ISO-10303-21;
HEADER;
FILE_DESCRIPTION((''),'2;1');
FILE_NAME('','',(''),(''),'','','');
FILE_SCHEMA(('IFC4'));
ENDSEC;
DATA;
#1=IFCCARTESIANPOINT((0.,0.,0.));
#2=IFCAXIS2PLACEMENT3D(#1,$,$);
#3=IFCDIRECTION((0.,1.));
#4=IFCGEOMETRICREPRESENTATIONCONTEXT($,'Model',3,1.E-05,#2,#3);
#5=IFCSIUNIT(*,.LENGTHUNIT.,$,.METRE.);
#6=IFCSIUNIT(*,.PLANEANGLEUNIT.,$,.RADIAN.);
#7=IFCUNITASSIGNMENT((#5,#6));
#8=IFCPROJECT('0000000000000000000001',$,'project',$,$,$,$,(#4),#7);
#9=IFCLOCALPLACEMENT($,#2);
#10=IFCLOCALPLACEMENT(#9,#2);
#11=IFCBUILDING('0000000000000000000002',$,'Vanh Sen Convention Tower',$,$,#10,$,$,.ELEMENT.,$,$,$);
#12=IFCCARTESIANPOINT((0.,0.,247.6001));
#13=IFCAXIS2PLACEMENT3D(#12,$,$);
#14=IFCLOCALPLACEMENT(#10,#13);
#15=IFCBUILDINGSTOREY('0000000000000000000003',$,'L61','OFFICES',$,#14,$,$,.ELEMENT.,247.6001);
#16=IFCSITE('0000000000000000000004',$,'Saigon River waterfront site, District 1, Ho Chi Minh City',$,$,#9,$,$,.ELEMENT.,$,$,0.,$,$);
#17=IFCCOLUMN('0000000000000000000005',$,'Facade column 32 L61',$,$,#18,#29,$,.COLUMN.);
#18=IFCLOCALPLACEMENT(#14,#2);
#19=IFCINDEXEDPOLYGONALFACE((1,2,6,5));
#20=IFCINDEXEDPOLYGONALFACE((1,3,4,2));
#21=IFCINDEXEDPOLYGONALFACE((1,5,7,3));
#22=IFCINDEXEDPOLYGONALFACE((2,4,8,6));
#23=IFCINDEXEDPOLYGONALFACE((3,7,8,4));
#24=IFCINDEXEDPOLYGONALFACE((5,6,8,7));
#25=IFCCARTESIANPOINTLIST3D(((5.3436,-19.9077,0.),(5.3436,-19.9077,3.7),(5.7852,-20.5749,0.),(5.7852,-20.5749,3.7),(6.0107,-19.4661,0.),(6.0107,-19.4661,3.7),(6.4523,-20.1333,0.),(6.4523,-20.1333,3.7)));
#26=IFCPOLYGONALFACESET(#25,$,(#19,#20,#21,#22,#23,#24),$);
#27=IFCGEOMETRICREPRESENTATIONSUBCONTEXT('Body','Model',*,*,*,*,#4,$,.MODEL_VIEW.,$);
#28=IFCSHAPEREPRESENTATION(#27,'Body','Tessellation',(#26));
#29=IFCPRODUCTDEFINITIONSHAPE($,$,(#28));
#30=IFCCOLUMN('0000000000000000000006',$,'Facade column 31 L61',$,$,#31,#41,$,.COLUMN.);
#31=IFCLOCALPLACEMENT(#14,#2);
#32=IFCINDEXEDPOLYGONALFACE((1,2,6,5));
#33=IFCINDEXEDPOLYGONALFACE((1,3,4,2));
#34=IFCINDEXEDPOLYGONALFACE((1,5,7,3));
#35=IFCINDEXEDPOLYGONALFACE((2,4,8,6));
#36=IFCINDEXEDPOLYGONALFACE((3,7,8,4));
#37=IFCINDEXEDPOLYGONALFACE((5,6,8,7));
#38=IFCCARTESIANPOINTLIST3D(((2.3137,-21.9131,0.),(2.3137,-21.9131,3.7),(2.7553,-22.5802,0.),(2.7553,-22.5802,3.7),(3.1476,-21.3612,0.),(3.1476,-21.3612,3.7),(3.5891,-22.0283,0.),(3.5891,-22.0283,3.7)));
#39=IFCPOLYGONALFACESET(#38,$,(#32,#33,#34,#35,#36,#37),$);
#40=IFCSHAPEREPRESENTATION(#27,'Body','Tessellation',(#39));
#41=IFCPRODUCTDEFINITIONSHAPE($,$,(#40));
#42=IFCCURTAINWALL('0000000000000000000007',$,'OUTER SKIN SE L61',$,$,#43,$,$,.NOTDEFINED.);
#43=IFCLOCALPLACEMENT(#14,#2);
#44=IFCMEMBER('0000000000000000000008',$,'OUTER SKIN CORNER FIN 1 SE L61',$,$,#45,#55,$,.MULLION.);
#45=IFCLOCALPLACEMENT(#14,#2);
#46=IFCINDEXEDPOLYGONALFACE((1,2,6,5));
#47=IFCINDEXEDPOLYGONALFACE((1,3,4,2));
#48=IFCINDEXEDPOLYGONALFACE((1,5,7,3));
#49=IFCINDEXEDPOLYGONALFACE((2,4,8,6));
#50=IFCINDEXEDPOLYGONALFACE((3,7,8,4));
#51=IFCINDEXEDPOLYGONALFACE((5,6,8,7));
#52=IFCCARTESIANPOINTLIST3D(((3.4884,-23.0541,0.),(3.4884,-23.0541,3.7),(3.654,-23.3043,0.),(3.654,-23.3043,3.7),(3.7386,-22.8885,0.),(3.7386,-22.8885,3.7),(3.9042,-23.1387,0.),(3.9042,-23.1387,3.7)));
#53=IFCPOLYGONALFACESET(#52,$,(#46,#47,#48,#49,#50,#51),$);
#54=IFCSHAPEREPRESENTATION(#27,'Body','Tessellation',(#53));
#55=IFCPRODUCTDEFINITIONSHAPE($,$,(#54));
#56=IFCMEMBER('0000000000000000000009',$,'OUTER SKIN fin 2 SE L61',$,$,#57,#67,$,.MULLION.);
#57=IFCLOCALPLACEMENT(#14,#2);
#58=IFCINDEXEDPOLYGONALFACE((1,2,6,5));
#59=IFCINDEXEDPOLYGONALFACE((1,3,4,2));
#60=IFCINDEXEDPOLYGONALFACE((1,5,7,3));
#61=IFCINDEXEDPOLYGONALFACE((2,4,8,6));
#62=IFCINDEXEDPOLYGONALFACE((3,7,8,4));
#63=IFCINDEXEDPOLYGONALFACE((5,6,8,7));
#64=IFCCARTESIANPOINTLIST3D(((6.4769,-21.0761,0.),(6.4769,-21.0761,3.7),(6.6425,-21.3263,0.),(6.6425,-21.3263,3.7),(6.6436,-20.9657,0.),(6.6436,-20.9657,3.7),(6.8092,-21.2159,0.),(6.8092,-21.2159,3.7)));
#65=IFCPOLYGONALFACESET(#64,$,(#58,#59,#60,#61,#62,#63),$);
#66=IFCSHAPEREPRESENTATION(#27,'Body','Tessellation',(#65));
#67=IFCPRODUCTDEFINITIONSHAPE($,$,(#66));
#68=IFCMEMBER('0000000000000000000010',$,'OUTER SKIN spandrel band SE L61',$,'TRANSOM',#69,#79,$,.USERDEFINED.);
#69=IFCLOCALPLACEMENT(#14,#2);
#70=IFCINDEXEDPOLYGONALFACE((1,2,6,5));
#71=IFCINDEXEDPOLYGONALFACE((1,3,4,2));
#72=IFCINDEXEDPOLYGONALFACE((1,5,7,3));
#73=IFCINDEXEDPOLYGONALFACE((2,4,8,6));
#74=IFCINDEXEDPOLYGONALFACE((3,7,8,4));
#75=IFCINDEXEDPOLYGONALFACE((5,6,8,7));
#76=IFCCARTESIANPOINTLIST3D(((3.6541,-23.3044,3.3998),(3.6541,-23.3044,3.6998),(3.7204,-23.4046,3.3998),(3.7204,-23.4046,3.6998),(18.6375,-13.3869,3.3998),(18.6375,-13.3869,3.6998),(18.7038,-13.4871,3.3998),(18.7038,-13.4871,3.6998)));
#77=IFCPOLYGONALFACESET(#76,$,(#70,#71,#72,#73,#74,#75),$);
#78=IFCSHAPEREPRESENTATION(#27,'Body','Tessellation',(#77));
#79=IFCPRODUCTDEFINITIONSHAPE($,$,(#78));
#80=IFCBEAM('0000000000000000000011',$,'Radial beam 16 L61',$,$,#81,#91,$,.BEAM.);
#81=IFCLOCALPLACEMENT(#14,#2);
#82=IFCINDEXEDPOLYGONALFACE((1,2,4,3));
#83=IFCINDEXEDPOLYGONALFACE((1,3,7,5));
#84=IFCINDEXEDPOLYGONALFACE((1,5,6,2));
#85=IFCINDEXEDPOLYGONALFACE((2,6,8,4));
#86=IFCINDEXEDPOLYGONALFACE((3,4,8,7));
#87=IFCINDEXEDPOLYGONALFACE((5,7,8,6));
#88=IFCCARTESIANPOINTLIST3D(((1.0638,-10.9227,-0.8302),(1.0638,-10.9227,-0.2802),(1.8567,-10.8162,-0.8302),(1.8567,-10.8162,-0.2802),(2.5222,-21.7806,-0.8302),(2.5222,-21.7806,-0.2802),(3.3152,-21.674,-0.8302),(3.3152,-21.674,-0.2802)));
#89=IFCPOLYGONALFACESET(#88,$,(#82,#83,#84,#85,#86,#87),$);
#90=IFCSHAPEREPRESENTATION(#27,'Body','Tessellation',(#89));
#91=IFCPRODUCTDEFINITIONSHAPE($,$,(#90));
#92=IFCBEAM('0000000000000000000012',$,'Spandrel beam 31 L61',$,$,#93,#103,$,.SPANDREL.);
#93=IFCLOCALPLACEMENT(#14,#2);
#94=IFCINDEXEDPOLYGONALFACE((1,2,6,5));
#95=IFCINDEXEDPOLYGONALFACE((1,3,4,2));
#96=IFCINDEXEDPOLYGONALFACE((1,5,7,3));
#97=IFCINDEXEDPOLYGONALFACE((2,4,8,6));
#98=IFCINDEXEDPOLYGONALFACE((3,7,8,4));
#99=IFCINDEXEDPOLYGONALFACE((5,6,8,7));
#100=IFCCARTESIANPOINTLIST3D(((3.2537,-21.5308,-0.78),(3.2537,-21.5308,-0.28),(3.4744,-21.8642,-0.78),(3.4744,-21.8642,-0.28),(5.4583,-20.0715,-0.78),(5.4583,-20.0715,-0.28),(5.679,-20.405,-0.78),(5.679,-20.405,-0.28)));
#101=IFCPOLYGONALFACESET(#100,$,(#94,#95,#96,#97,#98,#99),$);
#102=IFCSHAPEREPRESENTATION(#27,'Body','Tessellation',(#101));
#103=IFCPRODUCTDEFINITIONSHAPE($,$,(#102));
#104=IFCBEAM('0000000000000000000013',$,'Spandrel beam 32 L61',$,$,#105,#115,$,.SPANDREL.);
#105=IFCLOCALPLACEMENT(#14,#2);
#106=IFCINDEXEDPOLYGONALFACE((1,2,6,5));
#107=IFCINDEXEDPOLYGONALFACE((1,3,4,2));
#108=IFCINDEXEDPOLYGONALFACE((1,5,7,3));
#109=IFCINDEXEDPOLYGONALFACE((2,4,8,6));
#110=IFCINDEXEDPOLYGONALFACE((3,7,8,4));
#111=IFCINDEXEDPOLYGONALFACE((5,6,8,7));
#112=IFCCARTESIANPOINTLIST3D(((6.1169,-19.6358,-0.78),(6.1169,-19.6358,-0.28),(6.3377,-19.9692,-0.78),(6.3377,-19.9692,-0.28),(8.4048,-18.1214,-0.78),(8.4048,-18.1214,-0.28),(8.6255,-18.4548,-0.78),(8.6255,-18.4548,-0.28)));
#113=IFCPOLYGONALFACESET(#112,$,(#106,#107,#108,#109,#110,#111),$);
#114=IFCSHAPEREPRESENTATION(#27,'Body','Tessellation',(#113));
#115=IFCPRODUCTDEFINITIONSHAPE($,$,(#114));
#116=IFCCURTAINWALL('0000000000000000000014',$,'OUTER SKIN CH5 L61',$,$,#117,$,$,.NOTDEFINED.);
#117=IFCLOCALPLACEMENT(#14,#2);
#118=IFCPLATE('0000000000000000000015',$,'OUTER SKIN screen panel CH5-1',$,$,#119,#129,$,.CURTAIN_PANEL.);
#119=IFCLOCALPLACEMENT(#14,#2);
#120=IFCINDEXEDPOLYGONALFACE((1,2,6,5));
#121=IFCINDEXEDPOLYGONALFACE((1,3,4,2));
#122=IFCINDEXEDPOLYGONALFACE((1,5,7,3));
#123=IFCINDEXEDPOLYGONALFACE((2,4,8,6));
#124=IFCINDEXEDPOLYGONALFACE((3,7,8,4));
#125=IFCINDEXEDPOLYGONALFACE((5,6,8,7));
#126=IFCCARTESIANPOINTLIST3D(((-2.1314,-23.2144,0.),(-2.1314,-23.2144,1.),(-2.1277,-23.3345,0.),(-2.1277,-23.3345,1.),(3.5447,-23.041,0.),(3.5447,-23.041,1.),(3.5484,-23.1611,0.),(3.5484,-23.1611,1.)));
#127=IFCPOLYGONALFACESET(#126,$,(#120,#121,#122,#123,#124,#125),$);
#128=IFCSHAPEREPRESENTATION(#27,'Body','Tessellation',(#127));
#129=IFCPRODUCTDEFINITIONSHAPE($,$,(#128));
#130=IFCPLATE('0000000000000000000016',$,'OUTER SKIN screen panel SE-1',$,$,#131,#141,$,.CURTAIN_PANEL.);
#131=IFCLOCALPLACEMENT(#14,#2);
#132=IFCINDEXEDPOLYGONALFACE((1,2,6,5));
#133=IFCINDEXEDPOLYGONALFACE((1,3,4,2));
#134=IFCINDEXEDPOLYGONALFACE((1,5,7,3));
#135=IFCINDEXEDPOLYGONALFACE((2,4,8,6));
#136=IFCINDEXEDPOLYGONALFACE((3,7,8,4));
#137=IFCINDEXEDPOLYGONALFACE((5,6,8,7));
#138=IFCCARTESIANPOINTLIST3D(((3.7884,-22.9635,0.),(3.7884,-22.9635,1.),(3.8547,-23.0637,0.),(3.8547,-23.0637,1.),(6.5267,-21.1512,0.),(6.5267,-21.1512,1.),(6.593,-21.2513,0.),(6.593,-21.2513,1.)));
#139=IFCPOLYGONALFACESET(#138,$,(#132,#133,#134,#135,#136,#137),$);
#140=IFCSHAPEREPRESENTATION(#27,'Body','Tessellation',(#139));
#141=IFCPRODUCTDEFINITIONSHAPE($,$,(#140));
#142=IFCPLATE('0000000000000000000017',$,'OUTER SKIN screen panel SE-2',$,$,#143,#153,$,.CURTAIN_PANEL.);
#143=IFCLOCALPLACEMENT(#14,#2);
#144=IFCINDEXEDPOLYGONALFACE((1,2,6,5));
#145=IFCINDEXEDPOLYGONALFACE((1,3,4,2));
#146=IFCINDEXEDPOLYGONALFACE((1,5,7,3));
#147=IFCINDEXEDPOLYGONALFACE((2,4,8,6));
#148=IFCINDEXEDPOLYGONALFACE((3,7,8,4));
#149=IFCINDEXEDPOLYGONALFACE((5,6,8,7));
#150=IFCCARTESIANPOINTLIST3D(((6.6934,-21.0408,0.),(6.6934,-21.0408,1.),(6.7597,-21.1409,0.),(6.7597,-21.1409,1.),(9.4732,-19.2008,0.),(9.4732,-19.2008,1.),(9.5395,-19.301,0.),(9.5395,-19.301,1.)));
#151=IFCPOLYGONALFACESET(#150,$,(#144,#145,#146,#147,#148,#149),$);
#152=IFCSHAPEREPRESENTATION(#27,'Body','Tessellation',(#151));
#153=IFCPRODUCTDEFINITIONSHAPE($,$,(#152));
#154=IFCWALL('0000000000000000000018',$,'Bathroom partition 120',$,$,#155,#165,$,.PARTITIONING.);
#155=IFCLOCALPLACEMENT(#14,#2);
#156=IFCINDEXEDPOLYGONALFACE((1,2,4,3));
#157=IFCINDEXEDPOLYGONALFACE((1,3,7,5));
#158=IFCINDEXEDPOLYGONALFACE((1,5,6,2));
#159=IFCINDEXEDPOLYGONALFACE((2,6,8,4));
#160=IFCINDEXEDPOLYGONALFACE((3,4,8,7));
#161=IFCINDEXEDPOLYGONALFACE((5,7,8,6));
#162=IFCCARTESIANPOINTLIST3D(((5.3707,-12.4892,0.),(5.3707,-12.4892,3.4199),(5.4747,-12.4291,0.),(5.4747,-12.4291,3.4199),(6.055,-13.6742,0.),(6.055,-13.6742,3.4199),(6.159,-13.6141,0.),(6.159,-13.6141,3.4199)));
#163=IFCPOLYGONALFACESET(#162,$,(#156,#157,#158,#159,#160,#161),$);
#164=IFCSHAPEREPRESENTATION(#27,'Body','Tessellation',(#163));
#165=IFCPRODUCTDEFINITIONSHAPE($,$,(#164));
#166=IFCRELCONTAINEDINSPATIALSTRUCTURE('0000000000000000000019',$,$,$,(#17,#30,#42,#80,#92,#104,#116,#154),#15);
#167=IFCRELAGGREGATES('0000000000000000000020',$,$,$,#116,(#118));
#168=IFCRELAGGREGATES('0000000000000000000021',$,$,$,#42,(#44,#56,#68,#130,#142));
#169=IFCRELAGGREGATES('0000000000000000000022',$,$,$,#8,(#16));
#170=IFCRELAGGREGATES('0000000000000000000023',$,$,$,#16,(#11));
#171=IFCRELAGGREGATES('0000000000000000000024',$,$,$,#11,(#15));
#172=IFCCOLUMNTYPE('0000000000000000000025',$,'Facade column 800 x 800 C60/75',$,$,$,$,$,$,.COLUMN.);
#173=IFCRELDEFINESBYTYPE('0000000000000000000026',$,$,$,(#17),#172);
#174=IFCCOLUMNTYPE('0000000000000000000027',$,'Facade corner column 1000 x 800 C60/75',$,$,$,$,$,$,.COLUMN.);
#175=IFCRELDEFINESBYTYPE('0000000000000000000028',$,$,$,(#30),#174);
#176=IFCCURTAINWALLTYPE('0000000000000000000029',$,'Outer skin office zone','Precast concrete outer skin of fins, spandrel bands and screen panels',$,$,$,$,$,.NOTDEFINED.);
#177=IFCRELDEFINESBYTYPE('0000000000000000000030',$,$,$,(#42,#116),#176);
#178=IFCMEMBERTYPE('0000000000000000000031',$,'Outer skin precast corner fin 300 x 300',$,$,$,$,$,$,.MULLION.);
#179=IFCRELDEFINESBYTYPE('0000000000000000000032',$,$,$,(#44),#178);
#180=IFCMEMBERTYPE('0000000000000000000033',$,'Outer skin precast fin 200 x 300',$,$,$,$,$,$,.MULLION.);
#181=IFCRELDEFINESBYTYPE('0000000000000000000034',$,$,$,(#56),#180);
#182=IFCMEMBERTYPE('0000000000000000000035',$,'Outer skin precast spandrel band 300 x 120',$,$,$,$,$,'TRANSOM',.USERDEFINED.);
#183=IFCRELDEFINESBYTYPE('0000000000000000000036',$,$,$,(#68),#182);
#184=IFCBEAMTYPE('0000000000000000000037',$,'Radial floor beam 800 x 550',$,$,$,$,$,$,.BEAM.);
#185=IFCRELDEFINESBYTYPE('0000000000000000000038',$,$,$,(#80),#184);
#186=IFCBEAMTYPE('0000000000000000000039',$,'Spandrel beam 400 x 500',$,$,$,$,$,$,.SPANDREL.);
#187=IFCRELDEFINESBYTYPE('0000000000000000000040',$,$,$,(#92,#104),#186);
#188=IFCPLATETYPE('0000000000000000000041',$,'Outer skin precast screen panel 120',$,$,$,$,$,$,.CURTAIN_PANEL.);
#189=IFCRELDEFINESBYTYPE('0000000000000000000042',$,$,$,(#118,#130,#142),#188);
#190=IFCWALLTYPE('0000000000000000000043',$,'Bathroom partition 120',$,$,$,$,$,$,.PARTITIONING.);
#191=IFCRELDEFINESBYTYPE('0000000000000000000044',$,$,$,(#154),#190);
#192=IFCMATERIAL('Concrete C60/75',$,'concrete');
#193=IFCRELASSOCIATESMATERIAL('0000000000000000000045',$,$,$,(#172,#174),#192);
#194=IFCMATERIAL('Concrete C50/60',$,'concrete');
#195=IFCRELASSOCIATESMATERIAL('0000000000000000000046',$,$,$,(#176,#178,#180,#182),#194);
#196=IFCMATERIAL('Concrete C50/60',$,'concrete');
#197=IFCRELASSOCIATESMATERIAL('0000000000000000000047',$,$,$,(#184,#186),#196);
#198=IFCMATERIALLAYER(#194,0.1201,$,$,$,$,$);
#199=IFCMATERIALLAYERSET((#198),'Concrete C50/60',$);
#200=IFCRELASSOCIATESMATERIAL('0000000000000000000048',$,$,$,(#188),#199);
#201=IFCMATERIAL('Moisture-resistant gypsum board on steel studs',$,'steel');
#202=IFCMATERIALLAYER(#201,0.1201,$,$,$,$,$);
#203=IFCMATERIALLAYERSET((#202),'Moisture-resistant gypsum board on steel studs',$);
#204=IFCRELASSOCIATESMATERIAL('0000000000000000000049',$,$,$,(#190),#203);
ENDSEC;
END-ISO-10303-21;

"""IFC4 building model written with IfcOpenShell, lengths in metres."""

from ifc_helpers import new_model, si_unit, direction, frame, frame_2d, origin, origin_2d, place, context, subcontext, project, spatial, rectangle, extrude, material, layer, layer_set, material_profile, profile_set, type_object, element, aggregate, save


model = new_model("IFC4")

# Units and contexts
model_context = context("Model", 3, precision=1e-05, world=origin(), true_north=direction((0.0, 1.0)))
body_context = subcontext(model_context, "Body", "Model", "MODEL_VIEW")
ifc_project = project(units=[si_unit("LENGTHUNIT", "METRE"), si_unit("PLANEANGLEUNIT", "RADIAN")], contexts=[model_context])

# Site, building, storey
site_placement = place(None, origin())
site = spatial("IfcSite", under=ifc_project, at=site_placement, Name="Saigon River waterfront site, District 1, Ho Chi Minh City", CompositionType="ELEMENT", RefElevation=0.0)
building_placement = place(site_placement, origin())
building = spatial("IfcBuilding", under=site, at=building_placement, Name="Vanh Sen Convention Tower", CompositionType="ELEMENT")
storey_placement = place(building_placement, frame((0.0, 0.0, 247.6001)))
storey = spatial("IfcBuildingStorey", under=building, at=storey_placement, Name="L61", Description="OFFICES", CompositionType="ELEMENT", Elevation=247.6001)

# Columns
ifc_material_1 = material(Name="Concrete C60/75", Category="concrete")
ifc_material_profile_1 = material_profile(ifc_material_1, rectangle(XDim=0.8, YDim=0.8, at=origin_2d()), Name="RC 800X800")
ifc_profile_set_1 = profile_set([ifc_material_profile_1], Name="Concrete C60/75")
column_type_1 = type_object("IfcColumnType", Name="Facade column 800 x 800 C60/75", PredefinedType="COLUMN", material=ifc_profile_set_1)
column_1_placement = place(storey_placement, frame((5.8979, -20.0205, 0.0), z_axis=(0.0, 0.0, 1.0), x_axis=(0.833886, 0.551937, 0.0)))
element("IfcColumn", 1, at=column_1_placement, inside=storey, type_object=column_type_1, Name="Facade column 32 L61", PredefinedType="COLUMN", context=body_context, shape_type="SweptSolid", body=[
    extrude(rectangle(XDim=0.8, YDim=0.8, at=origin_2d()), origin(), (0.0, 0.0, 1.0), 3.7),
])
ifc_material_profile_2 = material_profile(ifc_material_1, rectangle(XDim=1.0, YDim=0.8, at=origin_2d()), Name="RC 1000X800")
ifc_profile_set_2 = profile_set([ifc_material_profile_2], Name="Concrete C60/75")
column_type_2 = type_object("IfcColumnType", Name="Facade corner column 1000 x 800 C60/75", PredefinedType="COLUMN", material=ifc_profile_set_2)
column_2_placement = place(storey_placement, frame((2.9514, -21.9707, 0.0), z_axis=(0.0, 0.0, 1.0), x_axis=(0.833886, 0.551937, 0.0)))
element("IfcColumn", 2, at=column_2_placement, inside=storey, type_object=column_type_2, Name="Facade column 31 L61", PredefinedType="COLUMN", context=body_context, shape_type="SweptSolid", body=[
    extrude(rectangle(XDim=1.0, YDim=0.8, at=origin_2d()), origin(), (0.0, 0.0, 1.0), 3.7),
])

# Curtain wall, members
ifc_material_2 = material(Name="Concrete C50/60", Category="concrete")
curtain_wall_type = type_object("IfcCurtainWallType", Name="Outer skin office zone", Description="Precast concrete outer skin of fins, spandrel bands and screen panels", PredefinedType="NOTDEFINED", material=ifc_material_2)
curtain_wall_1_placement = place(storey_placement, origin())
curtain_wall_1 = element("IfcCurtainWall", 3, at=curtain_wall_1_placement, inside=storey, type_object=curtain_wall_type, Name="OUTER SKIN SE L61", PredefinedType="NOTDEFINED")
ifc_material_profile_3 = material_profile(ifc_material_2, rectangle(XDim=0.3, YDim=0.3, at=origin_2d()), Name="Outer skin precast corner fin 300 x 300")
ifc_profile_set_3 = profile_set([ifc_material_profile_3], Name="Concrete C50/60")
member_type_1 = type_object("IfcMemberType", Name="Outer skin precast corner fin 300 x 300", PredefinedType="MULLION", material=ifc_profile_set_3)
member_1_placement = place(storey_placement, frame((3.6963, -23.0964, 0.0), z_axis=(0.0, 0.0, 1.0), x_axis=(0.833886, 0.551937, 0.0)))
member_1 = element("IfcMember", 4, at=member_1_placement, type_object=member_type_1, Name="OUTER SKIN CORNER FIN 1 SE L61", PredefinedType="MULLION", context=body_context, shape_type="SweptSolid", body=[
    extrude(rectangle(XDim=0.3, YDim=0.3, at=origin_2d()), origin(), (0.0, 0.0, 1.0), 3.7),
])
ifc_material_profile_4 = material_profile(ifc_material_2, rectangle(XDim=0.2, YDim=0.3, at=origin_2d()), Name="Outer skin precast fin 200 x 300")
ifc_profile_set_4 = profile_set([ifc_material_profile_4], Name="Concrete C50/60")
member_type_2 = type_object("IfcMemberType", Name="Outer skin precast fin 200 x 300", PredefinedType="MULLION", material=ifc_profile_set_4)
member_2_placement = place(storey_placement, frame((6.6431, -21.146, 0.0), z_axis=(0.0, 0.0, 1.0), x_axis=(0.833886, 0.551937, 0.0)))
member_2 = element("IfcMember", 5, at=member_2_placement, type_object=member_type_2, Name="OUTER SKIN fin 2 SE L61", PredefinedType="MULLION", context=body_context, shape_type="SweptSolid", body=[
    extrude(rectangle(XDim=0.2, YDim=0.3, at=origin_2d()), origin(), (0.0, 0.0, 1.0), 3.7),
])
ifc_material_profile_5 = material_profile(ifc_material_2, rectangle(XDim=0.1201, YDim=0.3, at=origin_2d()), Name="Outer skin precast spandrel band 300 x 120")
ifc_profile_set_5 = profile_set([ifc_material_profile_5], Name="Concrete C50/60")
member_type_3 = type_object("IfcMemberType", Name="Outer skin precast spandrel band 300 x 120", ElementType="TRANSOM", PredefinedType="USERDEFINED", material=ifc_profile_set_5)
member_3_placement = place(storey_placement, frame((3.6873, -23.3545, 3.5498), z_axis=(0.833881, 0.551944, 0.0), x_axis=(-0.551944, 0.833881, 0.0)))
member_3 = element("IfcMember", 6, at=member_3_placement, type_object=member_type_3, Name="OUTER SKIN spandrel band SE L61", ObjectType="TRANSOM", PredefinedType="USERDEFINED", context=body_context, shape_type="SweptSolid", body=[
    extrude(rectangle(XDim=0.1201, YDim=0.3, at=origin_2d()), origin(), (0.0, 0.0, 1.0), 17.9683),
])

# Beams
ifc_material_3 = material(Name="Concrete C50/60", Category="concrete")
ifc_material_profile_6 = material_profile(ifc_material_3, rectangle(XDim=0.8, YDim=0.55, at=origin_2d()), Name="RC 800X550")
ifc_profile_set_6 = profile_set([ifc_material_profile_6], Name="Concrete C50/60")
beam_type_1 = type_object("IfcBeamType", Name="Radial floor beam 800 x 550", PredefinedType="BEAM", material=ifc_profile_set_6)
beam_1_placement = place(storey_placement, frame((2.9187, -21.7273, -0.5552), z_axis=(-0.13313, 0.991099, 0.0), x_axis=(-0.991099, -0.13313, 0.0)))
element("IfcBeam", 7, at=beam_1_placement, inside=storey, type_object=beam_type_1, Name="Radial beam 16 L61", PredefinedType="BEAM", context=body_context, shape_type="SweptSolid", body=[
    extrude(rectangle(XDim=0.8, YDim=0.55, at=origin_2d()), origin(), (0.0, 0.0, 1.0), 10.9553),
])
ifc_material_profile_7 = material_profile(ifc_material_3, rectangle(XDim=0.3999, YDim=0.5, at=origin_2d()), Name="RC 400X500")
ifc_profile_set_7 = profile_set([ifc_material_profile_7], Name="Concrete C50/60")
beam_type_2 = type_object("IfcBeamType", Name="Spandrel beam 400 x 500", PredefinedType="SPANDREL", material=ifc_profile_set_7)
beam_2_placement = place(storey_placement, frame((3.364, -21.6975, -0.53), z_axis=(0.833878, 0.551948, 0.0), x_axis=(-0.551948, 0.833878, 0.0)))
element("IfcBeam", 8, at=beam_2_placement, inside=storey, type_object=beam_type_2, Name="Spandrel beam 31 L61", PredefinedType="SPANDREL", context=body_context, shape_type="SweptSolid", body=[
    extrude(rectangle(XDim=0.3999, YDim=0.5, at=origin_2d()), origin(), (0.0, 0.0, 1.0), 2.6438),
])
beam_3_placement = place(storey_placement, frame((6.2273, -19.8025, -0.53), z_axis=(0.833867, 0.551966, 0.0), x_axis=(-0.551966, 0.833867, 0.0)))
element("IfcBeam", 9, at=beam_3_placement, inside=storey, type_object=beam_type_2, Name="Spandrel beam 32 L61", PredefinedType="SPANDREL", context=body_context, shape_type="SweptSolid", body=[
    extrude(rectangle(XDim=0.3999, YDim=0.5, at=origin_2d()), origin(), (0.0, 0.0, 1.0), 2.7437),
])

# Curtain wall, plate
curtain_wall_2_placement = place(storey_placement, origin())
curtain_wall_2 = element("IfcCurtainWall", 10, at=curtain_wall_2_placement, inside=storey, type_object=curtain_wall_type, Name="OUTER SKIN CH5 L61", PredefinedType="NOTDEFINED")
ifc_layer_1 = layer(ifc_material_2, 0.1201)
ifc_layer_set_1 = layer_set([ifc_layer_1], Name="Concrete C50/60")
plate_type = type_object("IfcPlateType", Name="Outer skin precast screen panel 120", PredefinedType="CURTAIN_PANEL", material=ifc_layer_set_1)
plate_1_placement = place(storey_placement, frame((0.7085, -23.1877, 0.0), z_axis=(0.0, 0.0, 1.0), x_axis=(0.999534, 0.03054, 0.0)))
plate_1 = element("IfcPlate", 11, at=plate_1_placement, type_object=plate_type, Name="OUTER SKIN screen panel CH5-1", PredefinedType="CURTAIN_PANEL", context=body_context, shape_type="SweptSolid", body=[
    extrude(rectangle(XDim=5.6787, YDim=0.1201, at=origin_2d()), origin(), (0.0, 0.0, 1.0), 1.0),
])
aggregate(curtain_wall_2, [plate_1])

# Plates
plate_2_placement = place(storey_placement, frame((5.1907, -22.1074, 0.0), z_axis=(0.0, 0.0, 1.0), x_axis=(0.833896, 0.551921, 0.0)))
plate_2 = element("IfcPlate", 12, at=plate_2_placement, type_object=plate_type, Name="OUTER SKIN screen panel SE-1", PredefinedType="CURTAIN_PANEL", context=body_context, shape_type="SweptSolid", body=[
    extrude(rectangle(XDim=3.2837, YDim=0.1201, at=origin_2d()), origin(), (0.0, 0.0, 1.0), 1.0),
])
plate_3_placement = place(storey_placement, frame((8.1165, -20.1709, 0.0), z_axis=(0.0, 0.0, 1.0), x_axis=(0.833874, 0.551954, 0.0)))
plate_3 = element("IfcPlate", 13, at=plate_3_placement, type_object=plate_type, Name="OUTER SKIN screen panel SE-2", PredefinedType="CURTAIN_PANEL", context=body_context, shape_type="SweptSolid", body=[
    extrude(rectangle(XDim=3.3335, YDim=0.1201, at=origin_2d()), origin(), (0.0, 0.0, 1.0), 1.0),
])
aggregate(curtain_wall_1, [member_1, member_2, member_3, plate_2, plate_3])

# Wall
ifc_material_4 = material(Name="Moisture-resistant gypsum board on steel studs", Category="steel")
ifc_layer_2 = layer(ifc_material_4, 0.1201)
ifc_layer_set_2 = layer_set([ifc_layer_2], Name="Moisture-resistant gypsum board on steel studs")
wall_type_1 = type_object("IfcWallType", Name="Bathroom partition 120", PredefinedType="PARTITIONING", material=ifc_layer_set_2)
wall_1_placement = place(storey_placement, frame((6.1069, -13.644, 0.0), z_axis=(0.0, 0.0, 1.0), x_axis=(-0.500072, 0.865984, 0.0)))
element("IfcWall", 14, at=wall_1_placement, inside=storey, type_object=wall_type_1, Name="Bathroom partition 120", PredefinedType="PARTITIONING", context=body_context, shape_type="SweptSolid", body=[
    extrude(rectangle(XDim=1.3684, YDim=0.1201, at=frame_2d((0.6841, 0.0))), origin(), (0.0, 0.0, 1.0), 3.4199),
])

save(model, "model.ifc")
